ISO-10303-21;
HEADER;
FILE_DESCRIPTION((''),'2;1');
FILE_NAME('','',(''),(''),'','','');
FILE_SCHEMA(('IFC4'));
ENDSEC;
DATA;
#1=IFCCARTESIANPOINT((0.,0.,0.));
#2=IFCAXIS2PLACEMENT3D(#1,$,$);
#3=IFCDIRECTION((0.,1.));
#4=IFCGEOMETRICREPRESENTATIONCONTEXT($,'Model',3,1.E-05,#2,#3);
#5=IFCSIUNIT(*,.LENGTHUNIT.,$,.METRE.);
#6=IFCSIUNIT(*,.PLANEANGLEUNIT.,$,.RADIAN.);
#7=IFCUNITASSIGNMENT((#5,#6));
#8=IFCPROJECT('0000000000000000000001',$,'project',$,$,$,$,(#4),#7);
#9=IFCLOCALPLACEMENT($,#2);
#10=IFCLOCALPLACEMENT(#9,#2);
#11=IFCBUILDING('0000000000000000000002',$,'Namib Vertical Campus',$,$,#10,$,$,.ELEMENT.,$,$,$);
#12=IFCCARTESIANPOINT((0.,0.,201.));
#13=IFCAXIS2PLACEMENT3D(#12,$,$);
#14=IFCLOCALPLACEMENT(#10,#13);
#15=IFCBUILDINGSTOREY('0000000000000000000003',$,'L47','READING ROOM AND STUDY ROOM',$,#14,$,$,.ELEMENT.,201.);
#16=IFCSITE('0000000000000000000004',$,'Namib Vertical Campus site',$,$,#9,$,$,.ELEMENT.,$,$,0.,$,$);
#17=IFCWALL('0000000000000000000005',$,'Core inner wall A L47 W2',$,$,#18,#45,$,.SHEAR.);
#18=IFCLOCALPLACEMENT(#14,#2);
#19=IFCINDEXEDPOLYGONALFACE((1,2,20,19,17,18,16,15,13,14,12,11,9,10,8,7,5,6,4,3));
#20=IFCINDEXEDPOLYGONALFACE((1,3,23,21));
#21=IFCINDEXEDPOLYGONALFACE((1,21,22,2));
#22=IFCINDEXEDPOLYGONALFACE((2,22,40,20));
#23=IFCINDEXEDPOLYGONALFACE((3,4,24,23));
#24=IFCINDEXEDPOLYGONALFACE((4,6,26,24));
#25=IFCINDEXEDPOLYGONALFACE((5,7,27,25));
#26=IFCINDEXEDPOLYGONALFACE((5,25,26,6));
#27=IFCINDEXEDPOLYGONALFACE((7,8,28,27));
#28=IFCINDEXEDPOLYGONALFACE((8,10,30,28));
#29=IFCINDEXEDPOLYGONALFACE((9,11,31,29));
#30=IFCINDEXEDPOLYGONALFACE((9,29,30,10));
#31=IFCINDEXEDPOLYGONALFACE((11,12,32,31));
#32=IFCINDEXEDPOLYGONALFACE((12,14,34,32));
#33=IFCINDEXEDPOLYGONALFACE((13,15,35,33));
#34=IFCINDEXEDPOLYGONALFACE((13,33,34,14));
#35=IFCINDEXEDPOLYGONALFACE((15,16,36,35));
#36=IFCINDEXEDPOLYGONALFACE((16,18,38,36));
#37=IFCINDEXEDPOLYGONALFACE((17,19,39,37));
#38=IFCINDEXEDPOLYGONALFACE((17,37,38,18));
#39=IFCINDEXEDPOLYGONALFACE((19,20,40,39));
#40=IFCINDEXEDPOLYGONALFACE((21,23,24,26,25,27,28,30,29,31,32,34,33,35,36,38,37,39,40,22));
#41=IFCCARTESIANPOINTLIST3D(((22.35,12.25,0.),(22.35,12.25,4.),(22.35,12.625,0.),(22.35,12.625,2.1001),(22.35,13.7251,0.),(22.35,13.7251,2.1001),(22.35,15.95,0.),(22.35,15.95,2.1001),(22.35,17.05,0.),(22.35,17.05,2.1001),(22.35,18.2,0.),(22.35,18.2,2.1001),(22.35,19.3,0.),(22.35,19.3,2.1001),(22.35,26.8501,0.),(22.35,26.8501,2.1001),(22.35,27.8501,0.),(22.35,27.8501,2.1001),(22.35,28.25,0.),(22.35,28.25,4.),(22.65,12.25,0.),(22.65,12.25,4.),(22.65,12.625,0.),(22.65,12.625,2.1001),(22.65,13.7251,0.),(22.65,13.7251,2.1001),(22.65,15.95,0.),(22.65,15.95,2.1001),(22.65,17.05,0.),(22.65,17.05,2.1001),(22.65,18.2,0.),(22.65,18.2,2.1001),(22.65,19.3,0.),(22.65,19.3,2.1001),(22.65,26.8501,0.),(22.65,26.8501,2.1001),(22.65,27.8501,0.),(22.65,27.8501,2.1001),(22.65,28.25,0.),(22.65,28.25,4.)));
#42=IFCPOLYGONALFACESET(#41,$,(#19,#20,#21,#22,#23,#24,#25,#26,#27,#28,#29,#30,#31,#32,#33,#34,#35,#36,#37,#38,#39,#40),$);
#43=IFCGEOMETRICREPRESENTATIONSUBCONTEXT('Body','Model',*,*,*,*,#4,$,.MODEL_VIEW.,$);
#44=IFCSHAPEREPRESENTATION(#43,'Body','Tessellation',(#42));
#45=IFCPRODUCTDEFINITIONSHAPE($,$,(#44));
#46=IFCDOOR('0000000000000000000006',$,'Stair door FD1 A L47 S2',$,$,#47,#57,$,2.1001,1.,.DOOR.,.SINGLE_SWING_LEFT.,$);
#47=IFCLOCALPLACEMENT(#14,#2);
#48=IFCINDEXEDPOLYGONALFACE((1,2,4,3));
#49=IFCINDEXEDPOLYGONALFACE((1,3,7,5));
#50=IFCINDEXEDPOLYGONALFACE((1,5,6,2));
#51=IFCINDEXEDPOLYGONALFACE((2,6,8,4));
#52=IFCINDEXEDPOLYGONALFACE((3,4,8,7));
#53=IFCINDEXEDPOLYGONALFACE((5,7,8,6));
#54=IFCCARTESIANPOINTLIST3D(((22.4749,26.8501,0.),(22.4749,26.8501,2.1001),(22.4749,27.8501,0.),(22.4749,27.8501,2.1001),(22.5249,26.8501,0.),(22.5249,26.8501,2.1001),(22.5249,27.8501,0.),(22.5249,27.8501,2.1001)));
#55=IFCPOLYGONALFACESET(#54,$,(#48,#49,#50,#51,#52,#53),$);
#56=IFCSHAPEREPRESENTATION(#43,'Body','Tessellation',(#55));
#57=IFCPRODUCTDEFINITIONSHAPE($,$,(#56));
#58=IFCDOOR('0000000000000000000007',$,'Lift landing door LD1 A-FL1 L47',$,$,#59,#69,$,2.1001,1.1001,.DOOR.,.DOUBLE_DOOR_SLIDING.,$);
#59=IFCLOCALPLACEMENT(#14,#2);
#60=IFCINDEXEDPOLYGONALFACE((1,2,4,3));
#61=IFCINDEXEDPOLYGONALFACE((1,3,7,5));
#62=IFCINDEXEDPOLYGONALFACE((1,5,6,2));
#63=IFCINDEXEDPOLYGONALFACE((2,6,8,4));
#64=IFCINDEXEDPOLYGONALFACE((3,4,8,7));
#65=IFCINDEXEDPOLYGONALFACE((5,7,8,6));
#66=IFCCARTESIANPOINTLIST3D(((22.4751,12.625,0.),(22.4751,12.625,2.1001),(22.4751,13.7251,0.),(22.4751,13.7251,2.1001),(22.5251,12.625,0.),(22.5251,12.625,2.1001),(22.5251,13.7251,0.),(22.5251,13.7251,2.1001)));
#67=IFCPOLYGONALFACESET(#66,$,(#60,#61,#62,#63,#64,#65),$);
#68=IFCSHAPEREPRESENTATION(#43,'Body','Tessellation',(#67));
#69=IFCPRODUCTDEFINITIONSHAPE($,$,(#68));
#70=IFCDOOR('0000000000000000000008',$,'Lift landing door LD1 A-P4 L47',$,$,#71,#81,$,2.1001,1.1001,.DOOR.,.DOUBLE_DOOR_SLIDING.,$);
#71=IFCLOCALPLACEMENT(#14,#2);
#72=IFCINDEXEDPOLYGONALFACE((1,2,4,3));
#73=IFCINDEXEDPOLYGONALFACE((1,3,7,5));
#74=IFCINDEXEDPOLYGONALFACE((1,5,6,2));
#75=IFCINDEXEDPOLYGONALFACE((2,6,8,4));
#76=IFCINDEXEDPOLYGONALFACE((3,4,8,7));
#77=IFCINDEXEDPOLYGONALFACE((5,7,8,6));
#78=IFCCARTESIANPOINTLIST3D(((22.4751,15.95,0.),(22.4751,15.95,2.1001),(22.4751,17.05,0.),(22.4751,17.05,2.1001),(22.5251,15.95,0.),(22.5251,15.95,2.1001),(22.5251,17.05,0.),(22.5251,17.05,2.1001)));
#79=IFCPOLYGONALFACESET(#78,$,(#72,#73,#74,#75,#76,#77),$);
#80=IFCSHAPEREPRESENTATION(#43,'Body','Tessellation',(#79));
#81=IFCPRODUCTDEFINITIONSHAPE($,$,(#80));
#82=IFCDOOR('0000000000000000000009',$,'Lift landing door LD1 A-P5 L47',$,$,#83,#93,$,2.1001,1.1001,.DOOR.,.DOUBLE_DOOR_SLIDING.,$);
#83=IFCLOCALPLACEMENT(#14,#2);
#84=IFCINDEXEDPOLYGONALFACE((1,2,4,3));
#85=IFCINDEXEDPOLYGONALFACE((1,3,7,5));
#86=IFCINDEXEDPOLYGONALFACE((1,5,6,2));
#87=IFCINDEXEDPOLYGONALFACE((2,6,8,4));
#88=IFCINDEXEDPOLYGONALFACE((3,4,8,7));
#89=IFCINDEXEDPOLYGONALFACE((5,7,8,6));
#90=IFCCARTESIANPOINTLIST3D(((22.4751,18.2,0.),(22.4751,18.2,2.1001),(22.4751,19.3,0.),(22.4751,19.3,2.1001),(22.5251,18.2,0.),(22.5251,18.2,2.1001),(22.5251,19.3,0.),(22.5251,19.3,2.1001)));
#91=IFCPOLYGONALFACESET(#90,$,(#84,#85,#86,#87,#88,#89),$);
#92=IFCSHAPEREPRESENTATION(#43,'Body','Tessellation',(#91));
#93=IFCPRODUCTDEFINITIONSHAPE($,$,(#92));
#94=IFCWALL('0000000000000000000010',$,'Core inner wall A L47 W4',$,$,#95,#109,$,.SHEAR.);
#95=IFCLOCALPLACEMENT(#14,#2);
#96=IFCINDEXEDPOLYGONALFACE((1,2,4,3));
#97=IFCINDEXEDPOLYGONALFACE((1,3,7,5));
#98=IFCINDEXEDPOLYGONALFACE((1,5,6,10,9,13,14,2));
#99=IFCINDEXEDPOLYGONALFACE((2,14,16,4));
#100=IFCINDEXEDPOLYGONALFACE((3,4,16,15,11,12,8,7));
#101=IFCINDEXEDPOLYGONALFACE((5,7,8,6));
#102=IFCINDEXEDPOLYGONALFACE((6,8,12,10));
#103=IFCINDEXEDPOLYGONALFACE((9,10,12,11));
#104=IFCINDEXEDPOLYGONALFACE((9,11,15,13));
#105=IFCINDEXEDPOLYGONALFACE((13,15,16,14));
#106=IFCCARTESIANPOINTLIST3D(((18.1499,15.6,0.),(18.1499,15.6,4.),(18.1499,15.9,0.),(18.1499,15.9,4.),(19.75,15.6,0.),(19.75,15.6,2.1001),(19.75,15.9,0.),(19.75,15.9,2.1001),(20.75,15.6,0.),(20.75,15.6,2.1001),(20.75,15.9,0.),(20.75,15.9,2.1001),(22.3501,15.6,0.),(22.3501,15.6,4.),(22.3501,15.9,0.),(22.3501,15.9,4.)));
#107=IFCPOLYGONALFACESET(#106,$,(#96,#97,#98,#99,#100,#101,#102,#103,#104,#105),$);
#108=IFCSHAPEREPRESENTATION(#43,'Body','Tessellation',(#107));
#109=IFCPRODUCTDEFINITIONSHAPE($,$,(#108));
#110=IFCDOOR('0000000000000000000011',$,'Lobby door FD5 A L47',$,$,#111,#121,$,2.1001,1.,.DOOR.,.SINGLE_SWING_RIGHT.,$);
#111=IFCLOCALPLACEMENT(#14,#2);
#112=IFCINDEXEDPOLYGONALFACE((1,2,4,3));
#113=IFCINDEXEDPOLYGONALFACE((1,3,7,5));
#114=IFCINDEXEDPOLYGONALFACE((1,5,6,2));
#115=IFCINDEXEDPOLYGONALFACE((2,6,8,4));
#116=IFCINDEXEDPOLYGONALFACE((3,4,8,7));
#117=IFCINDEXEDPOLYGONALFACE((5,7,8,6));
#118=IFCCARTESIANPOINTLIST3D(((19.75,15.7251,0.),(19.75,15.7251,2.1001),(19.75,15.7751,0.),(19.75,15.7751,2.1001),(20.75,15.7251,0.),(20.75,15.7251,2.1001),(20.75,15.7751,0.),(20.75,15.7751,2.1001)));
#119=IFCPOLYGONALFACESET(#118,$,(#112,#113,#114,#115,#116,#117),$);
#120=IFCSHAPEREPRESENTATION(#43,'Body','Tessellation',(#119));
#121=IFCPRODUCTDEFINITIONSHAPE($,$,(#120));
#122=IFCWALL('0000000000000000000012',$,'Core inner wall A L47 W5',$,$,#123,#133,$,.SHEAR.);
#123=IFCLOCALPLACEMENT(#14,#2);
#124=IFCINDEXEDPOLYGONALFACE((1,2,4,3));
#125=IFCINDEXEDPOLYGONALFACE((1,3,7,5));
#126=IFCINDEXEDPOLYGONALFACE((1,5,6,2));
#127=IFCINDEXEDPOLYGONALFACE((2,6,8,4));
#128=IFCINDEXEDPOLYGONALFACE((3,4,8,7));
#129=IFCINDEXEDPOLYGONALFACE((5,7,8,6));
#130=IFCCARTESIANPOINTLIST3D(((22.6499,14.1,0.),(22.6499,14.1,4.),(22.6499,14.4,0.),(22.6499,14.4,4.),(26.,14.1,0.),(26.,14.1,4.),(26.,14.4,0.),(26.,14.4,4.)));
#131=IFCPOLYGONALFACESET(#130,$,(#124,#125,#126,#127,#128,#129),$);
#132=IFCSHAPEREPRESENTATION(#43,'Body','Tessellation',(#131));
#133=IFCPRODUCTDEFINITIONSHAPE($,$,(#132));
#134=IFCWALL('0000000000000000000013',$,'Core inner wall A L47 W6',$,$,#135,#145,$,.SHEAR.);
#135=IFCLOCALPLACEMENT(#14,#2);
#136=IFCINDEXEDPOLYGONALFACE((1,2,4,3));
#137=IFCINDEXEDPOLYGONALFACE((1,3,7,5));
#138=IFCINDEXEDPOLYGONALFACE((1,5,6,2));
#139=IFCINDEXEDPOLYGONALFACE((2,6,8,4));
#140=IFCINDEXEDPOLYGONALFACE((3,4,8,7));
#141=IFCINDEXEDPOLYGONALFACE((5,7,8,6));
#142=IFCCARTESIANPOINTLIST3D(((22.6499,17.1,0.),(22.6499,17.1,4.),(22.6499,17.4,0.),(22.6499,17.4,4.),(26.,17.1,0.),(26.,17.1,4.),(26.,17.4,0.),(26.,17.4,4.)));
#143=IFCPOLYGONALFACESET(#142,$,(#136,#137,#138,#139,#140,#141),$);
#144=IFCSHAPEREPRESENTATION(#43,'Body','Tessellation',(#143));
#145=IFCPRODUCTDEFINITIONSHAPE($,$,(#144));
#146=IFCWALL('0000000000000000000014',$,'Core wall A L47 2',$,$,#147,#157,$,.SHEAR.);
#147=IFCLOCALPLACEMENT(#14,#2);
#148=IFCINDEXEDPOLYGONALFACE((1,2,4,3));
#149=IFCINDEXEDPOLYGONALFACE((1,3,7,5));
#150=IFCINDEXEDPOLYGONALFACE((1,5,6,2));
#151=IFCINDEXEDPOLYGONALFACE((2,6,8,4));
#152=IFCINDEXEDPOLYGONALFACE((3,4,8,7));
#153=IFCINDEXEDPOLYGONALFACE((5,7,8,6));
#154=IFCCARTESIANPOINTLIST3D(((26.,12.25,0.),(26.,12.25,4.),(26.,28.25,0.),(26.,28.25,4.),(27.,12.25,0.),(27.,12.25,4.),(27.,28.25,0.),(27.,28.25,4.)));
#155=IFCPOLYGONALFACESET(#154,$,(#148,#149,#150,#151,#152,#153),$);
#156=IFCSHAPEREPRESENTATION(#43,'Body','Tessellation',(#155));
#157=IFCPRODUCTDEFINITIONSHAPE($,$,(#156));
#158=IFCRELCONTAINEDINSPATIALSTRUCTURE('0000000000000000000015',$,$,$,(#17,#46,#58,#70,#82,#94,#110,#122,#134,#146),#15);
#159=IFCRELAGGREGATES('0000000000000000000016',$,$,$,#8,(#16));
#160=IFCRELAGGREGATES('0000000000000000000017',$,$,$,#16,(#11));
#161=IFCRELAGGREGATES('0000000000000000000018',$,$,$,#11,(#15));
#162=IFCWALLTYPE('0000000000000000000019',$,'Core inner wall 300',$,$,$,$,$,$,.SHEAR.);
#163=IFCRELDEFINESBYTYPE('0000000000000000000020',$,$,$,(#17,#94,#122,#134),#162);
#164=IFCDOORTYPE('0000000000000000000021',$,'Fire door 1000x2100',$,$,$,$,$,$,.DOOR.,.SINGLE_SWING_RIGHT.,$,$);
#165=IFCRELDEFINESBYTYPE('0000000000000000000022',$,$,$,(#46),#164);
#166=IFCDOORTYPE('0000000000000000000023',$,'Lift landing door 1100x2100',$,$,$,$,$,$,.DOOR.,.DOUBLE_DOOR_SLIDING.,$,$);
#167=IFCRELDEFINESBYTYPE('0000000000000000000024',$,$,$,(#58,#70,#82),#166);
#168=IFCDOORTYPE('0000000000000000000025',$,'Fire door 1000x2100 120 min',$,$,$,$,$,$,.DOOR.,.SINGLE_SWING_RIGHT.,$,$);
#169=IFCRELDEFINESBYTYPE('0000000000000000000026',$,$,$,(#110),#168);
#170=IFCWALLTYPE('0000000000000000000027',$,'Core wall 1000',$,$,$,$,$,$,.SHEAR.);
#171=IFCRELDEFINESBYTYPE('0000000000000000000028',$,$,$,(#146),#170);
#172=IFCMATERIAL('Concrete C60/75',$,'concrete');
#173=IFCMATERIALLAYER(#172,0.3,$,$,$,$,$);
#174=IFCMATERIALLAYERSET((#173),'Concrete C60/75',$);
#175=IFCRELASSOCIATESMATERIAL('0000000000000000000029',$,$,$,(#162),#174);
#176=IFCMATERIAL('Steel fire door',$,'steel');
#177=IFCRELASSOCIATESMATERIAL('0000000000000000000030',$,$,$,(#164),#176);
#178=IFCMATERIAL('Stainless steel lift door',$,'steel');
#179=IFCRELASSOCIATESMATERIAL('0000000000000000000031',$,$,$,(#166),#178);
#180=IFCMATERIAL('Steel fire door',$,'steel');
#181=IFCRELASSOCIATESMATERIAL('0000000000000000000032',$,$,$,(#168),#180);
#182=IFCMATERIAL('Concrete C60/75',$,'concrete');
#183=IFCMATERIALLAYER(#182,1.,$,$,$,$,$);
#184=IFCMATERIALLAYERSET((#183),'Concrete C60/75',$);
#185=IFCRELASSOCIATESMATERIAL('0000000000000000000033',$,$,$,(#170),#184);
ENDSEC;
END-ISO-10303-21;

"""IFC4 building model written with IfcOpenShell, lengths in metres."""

from ifc_helpers import new_model, si_unit, direction, frame, frame_2d, origin, place, context, subcontext, project, spatial, rectangle, extrude, material, layer, layer_set, type_object, element, fill, save


model = new_model("IFC4")

# Units and contexts
model_context = context("Model", 3, precision=1e-05, world=origin(), true_north=direction((0.0, 1.0)))
body_context = subcontext(model_context, "Body", "Model", "MODEL_VIEW")
ifc_project = project(units=[si_unit("LENGTHUNIT", "METRE"), si_unit("PLANEANGLEUNIT", "RADIAN")], contexts=[model_context])

# Site, building, storey
site_placement = place(None, origin())
site = spatial("IfcSite", under=ifc_project, at=site_placement, Name="Namib Vertical Campus site", CompositionType="ELEMENT", RefElevation=0.0)
building_placement = place(site_placement, origin())
building = spatial("IfcBuilding", under=site, at=building_placement, Name="Namib Vertical Campus", CompositionType="ELEMENT")
storey_placement = place(building_placement, frame((0.0, 0.0, 201.0)))
storey = spatial("IfcBuildingStorey", under=building, at=storey_placement, Name="L47", Description="READING ROOM AND STUDY ROOM", CompositionType="ELEMENT", Elevation=201.0)

# Wall, openings, doors
ifc_material_1 = material(Name="Concrete C60/75", Category="concrete")
ifc_layer_1 = layer(ifc_material_1, 0.3)
ifc_layer_set_1 = layer_set([ifc_layer_1], Name="Concrete C60/75")
wall_type_1 = type_object("IfcWallType", Name="Core inner wall 300", PredefinedType="SHEAR", material=ifc_layer_set_1)
ifc_material_2 = material(Name="Steel fire door", Category="steel")
door_type_1 = type_object("IfcDoorType", Name="Fire door 1000x2100", OperationType="SINGLE_SWING_RIGHT", PredefinedType="DOOR", material=ifc_material_2)
ifc_material_3 = material(Name="Stainless steel lift door", Category="steel")
door_type_2 = type_object("IfcDoorType", Name="Lift landing door 1100x2100", OperationType="DOUBLE_DOOR_SLIDING", PredefinedType="DOOR", material=ifc_material_3)
wall_1_placement = place(storey_placement, frame((22.5, 12.25, 0.0), z_axis=(0.0, 0.0, 1.0), x_axis=(0.0, 1.0, 0.0)))
wall_1 = element("IfcWall", 1, at=wall_1_placement, inside=storey, type_object=wall_type_1, Name="Core inner wall A L47 W2", PredefinedType="SHEAR", context=body_context, shape_type="SweptSolid", body=[
    extrude(rectangle(XDim=16.0, YDim=0.3, at=frame_2d((8.0, 0.0))), origin(), (0.0, 0.0, 1.0), 4.0),
])
opening_1_placement = place(wall_1_placement, frame((14.6001, 0.0, 0.0)))
opening_1 = element("IfcOpeningElement", 2, at=opening_1_placement, cuts=wall_1, PredefinedType="OPENING", context=body_context, shape_type="SweptSolid", body=[
    extrude(rectangle(XDim=1.0, YDim=2.1001, at=frame_2d((0.5, 1.05))), frame((0.0, 0.1599, 0.0), z_axis=(0.0, -1.0, 0.0), x_axis=(1.0, 0.0, 0.0)), (0.0, 0.0, 1.0), 0.3201),
])
opening_2_placement = place(wall_1_placement, frame((0.375, 0.0, 0.0)))
opening_2 = element("IfcOpeningElement", 3, at=opening_2_placement, cuts=wall_1, PredefinedType="OPENING", context=body_context, shape_type="SweptSolid", body=[
    extrude(rectangle(XDim=1.1001, YDim=2.1001, at=frame_2d((0.55, 1.05))), frame((0.0, 0.1599, 0.0), z_axis=(0.0, -1.0, 0.0), x_axis=(1.0, 0.0, 0.0)), (0.0, 0.0, 1.0), 0.3201),
])
opening_3_placement = place(wall_1_placement, frame((3.7, 0.0, 0.0)))
opening_3 = element("IfcOpeningElement", 4, at=opening_3_placement, cuts=wall_1, PredefinedType="OPENING", context=body_context, shape_type="SweptSolid", body=[
    extrude(rectangle(XDim=1.1001, YDim=2.1001, at=frame_2d((0.55, 1.05))), frame((0.0, 0.1599, 0.0), z_axis=(0.0, -1.0, 0.0), x_axis=(1.0, 0.0, 0.0)), (0.0, 0.0, 1.0), 0.3201),
])
opening_4_placement = place(wall_1_placement, frame((5.95, 0.0, 0.0)))
opening_4 = element("IfcOpeningElement", 5, at=opening_4_placement, cuts=wall_1, PredefinedType="OPENING", context=body_context, shape_type="SweptSolid", body=[
    extrude(rectangle(XDim=1.1001, YDim=2.1001, at=frame_2d((0.55, 1.05))), frame((0.0, 0.1599, 0.0), z_axis=(0.0, -1.0, 0.0), x_axis=(1.0, 0.0, 0.0)), (0.0, 0.0, 1.0), 0.3201),
])
door_1_placement = place(opening_1_placement, frame((1.0, 0.0, 0.0), z_axis=(0.0, 0.0, 1.0), x_axis=(-1.0, 0.0, 0.0)))
door_1 = element("IfcDoor", 6, at=door_1_placement, inside=storey, type_object=door_type_1, Name="Stair door FD1 A L47 S2", OperationType="SINGLE_SWING_LEFT", OverallHeight=2.1001, OverallWidth=1.0, PredefinedType="DOOR", context=body_context, shape_type="SweptSolid", body=[
    extrude(rectangle(XDim=1.0, YDim=2.1001, at=frame_2d((0.5, 1.05))), frame((0.0, 0.0249, 0.0), z_axis=(0.0, -1.0, 0.0), x_axis=(1.0, 0.0, 0.0)), (0.0, 0.0, 1.0), 0.05),
])
fill(opening_1, door_1)
door_2_placement = place(opening_2_placement, origin())
door_2 = element("IfcDoor", 7, at=door_2_placement, inside=storey, type_object=door_type_2, Name="Lift landing door LD1 A-FL1 L47", OperationType="DOUBLE_DOOR_SLIDING", OverallHeight=2.1001, OverallWidth=1.1001, PredefinedType="DOOR", context=body_context, shape_type="SweptSolid", body=[
    extrude(rectangle(XDim=1.1001, YDim=2.1001, at=frame_2d((0.55, 1.05))), frame((0.0, 0.0249, 0.0), z_axis=(0.0, -1.0, 0.0), x_axis=(1.0, 0.0, 0.0)), (0.0, 0.0, 1.0), 0.05),
])
fill(opening_2, door_2)
door_3_placement = place(opening_3_placement, origin())
door_3 = element("IfcDoor", 8, at=door_3_placement, inside=storey, type_object=door_type_2, Name="Lift landing door LD1 A-P4 L47", OperationType="DOUBLE_DOOR_SLIDING", OverallHeight=2.1001, OverallWidth=1.1001, PredefinedType="DOOR", context=body_context, shape_type="SweptSolid", body=[
    extrude(rectangle(XDim=1.1001, YDim=2.1001, at=frame_2d((0.55, 1.05))), frame((0.0, 0.0249, 0.0), z_axis=(0.0, -1.0, 0.0), x_axis=(1.0, 0.0, 0.0)), (0.0, 0.0, 1.0), 0.05),
])
fill(opening_3, door_3)
door_4_placement = place(opening_4_placement, origin())
door_4 = element("IfcDoor", 9, at=door_4_placement, inside=storey, type_object=door_type_2, Name="Lift landing door LD1 A-P5 L47", OperationType="DOUBLE_DOOR_SLIDING", OverallHeight=2.1001, OverallWidth=1.1001, PredefinedType="DOOR", context=body_context, shape_type="SweptSolid", body=[
    extrude(rectangle(XDim=1.1001, YDim=2.1001, at=frame_2d((0.55, 1.05))), frame((0.0, 0.0249, 0.0), z_axis=(0.0, -1.0, 0.0), x_axis=(1.0, 0.0, 0.0)), (0.0, 0.0, 1.0), 0.05),
])
fill(opening_4, door_4)

# Wall, opening, door
wall_2_placement = place(storey_placement, frame((18.1499, 15.75, 0.0), z_axis=(0.0, 0.0, 1.0), x_axis=(1.0, 0.0, 0.0)))
wall_2 = element("IfcWall", 10, at=wall_2_placement, inside=storey, type_object=wall_type_1, Name="Core inner wall A L47 W4", PredefinedType="SHEAR", context=body_context, shape_type="SweptSolid", body=[
    extrude(rectangle(XDim=4.2002, YDim=0.3, at=frame_2d((2.1001, 0.0))), origin(), (0.0, 0.0, 1.0), 4.0),
])
opening_5_placement = place(wall_2_placement, frame((1.6001, 0.0, 0.0)))
opening_5 = element("IfcOpeningElement", 11, at=opening_5_placement, cuts=wall_2, PredefinedType="OPENING", context=body_context, shape_type="SweptSolid", body=[
    extrude(rectangle(XDim=1.0, YDim=2.1001, at=frame_2d((0.5, 1.05))), frame((0.0, 0.1599, 0.0), z_axis=(0.0, -1.0, 0.0), x_axis=(1.0, 0.0, 0.0)), (0.0, 0.0, 1.0), 0.3201),
])
ifc_material_4 = material(Name="Steel fire door", Category="steel")
door_type_3 = type_object("IfcDoorType", Name="Fire door 1000x2100 120 min", OperationType="SINGLE_SWING_RIGHT", PredefinedType="DOOR", material=ifc_material_4)
door_5_placement = place(opening_5_placement, frame((1.0, 0.0, 0.0), z_axis=(0.0, 0.0, 1.0), x_axis=(-1.0, 0.0, 0.0)))
door_5 = element("IfcDoor", 12, at=door_5_placement, inside=storey, type_object=door_type_3, Name="Lobby door FD5 A L47", OperationType="SINGLE_SWING_RIGHT", OverallHeight=2.1001, OverallWidth=1.0, PredefinedType="DOOR", context=body_context, shape_type="SweptSolid", body=[
    extrude(rectangle(XDim=1.0, YDim=2.1001, at=frame_2d((0.5, 1.05))), frame((0.0, 0.0249, 0.0), z_axis=(0.0, -1.0, 0.0), x_axis=(1.0, 0.0, 0.0)), (0.0, 0.0, 1.0), 0.05),
])
fill(opening_5, door_5)

# Walls
for number, where, z_axis, x_axis, name in (
    (13, (22.6499, 14.25, 0.0), (0.0, 0.0, 1.0), (1.0, 0.0, 0.0), "Core inner wall A L47 W5"),
    (14, (22.6499, 17.25, 0.0), (0.0, 0.0, 1.0), (1.0, 0.0, 0.0), "Core inner wall A L47 W6"),
):
    element("IfcWall", number, at=place(storey_placement, frame(where, z_axis=z_axis, x_axis=x_axis)), inside=storey, type_object=wall_type_1, Name=name, PredefinedType="SHEAR", context=body_context, shape_type="SweptSolid", body=[
        extrude(rectangle(XDim=3.3501, YDim=0.3, at=frame_2d((1.675, 0.0))), origin(), (0.0, 0.0, 1.0), 4.0),
    ])
ifc_material_5 = material(Name="Concrete C60/75", Category="concrete")
ifc_layer_2 = layer(ifc_material_5, 1.0)
ifc_layer_set_2 = layer_set([ifc_layer_2], Name="Concrete C60/75")
wall_type_2 = type_object("IfcWallType", Name="Core wall 1000", PredefinedType="SHEAR", material=ifc_layer_set_2)
wall_3_placement = place(storey_placement, frame((26.5, 12.25, 0.0), z_axis=(0.0, 0.0, 1.0), x_axis=(0.0, 1.0, 0.0)))
element("IfcWall", 15, at=wall_3_placement, inside=storey, type_object=wall_type_2, Name="Core wall A L47 2", PredefinedType="SHEAR", context=body_context, shape_type="SweptSolid", body=[
    extrude(rectangle(XDim=16.0, YDim=1.0, at=frame_2d((8.0, 0.0))), origin(), (0.0, 0.0, 1.0), 4.0),
])

save(model, "model.ifc")
